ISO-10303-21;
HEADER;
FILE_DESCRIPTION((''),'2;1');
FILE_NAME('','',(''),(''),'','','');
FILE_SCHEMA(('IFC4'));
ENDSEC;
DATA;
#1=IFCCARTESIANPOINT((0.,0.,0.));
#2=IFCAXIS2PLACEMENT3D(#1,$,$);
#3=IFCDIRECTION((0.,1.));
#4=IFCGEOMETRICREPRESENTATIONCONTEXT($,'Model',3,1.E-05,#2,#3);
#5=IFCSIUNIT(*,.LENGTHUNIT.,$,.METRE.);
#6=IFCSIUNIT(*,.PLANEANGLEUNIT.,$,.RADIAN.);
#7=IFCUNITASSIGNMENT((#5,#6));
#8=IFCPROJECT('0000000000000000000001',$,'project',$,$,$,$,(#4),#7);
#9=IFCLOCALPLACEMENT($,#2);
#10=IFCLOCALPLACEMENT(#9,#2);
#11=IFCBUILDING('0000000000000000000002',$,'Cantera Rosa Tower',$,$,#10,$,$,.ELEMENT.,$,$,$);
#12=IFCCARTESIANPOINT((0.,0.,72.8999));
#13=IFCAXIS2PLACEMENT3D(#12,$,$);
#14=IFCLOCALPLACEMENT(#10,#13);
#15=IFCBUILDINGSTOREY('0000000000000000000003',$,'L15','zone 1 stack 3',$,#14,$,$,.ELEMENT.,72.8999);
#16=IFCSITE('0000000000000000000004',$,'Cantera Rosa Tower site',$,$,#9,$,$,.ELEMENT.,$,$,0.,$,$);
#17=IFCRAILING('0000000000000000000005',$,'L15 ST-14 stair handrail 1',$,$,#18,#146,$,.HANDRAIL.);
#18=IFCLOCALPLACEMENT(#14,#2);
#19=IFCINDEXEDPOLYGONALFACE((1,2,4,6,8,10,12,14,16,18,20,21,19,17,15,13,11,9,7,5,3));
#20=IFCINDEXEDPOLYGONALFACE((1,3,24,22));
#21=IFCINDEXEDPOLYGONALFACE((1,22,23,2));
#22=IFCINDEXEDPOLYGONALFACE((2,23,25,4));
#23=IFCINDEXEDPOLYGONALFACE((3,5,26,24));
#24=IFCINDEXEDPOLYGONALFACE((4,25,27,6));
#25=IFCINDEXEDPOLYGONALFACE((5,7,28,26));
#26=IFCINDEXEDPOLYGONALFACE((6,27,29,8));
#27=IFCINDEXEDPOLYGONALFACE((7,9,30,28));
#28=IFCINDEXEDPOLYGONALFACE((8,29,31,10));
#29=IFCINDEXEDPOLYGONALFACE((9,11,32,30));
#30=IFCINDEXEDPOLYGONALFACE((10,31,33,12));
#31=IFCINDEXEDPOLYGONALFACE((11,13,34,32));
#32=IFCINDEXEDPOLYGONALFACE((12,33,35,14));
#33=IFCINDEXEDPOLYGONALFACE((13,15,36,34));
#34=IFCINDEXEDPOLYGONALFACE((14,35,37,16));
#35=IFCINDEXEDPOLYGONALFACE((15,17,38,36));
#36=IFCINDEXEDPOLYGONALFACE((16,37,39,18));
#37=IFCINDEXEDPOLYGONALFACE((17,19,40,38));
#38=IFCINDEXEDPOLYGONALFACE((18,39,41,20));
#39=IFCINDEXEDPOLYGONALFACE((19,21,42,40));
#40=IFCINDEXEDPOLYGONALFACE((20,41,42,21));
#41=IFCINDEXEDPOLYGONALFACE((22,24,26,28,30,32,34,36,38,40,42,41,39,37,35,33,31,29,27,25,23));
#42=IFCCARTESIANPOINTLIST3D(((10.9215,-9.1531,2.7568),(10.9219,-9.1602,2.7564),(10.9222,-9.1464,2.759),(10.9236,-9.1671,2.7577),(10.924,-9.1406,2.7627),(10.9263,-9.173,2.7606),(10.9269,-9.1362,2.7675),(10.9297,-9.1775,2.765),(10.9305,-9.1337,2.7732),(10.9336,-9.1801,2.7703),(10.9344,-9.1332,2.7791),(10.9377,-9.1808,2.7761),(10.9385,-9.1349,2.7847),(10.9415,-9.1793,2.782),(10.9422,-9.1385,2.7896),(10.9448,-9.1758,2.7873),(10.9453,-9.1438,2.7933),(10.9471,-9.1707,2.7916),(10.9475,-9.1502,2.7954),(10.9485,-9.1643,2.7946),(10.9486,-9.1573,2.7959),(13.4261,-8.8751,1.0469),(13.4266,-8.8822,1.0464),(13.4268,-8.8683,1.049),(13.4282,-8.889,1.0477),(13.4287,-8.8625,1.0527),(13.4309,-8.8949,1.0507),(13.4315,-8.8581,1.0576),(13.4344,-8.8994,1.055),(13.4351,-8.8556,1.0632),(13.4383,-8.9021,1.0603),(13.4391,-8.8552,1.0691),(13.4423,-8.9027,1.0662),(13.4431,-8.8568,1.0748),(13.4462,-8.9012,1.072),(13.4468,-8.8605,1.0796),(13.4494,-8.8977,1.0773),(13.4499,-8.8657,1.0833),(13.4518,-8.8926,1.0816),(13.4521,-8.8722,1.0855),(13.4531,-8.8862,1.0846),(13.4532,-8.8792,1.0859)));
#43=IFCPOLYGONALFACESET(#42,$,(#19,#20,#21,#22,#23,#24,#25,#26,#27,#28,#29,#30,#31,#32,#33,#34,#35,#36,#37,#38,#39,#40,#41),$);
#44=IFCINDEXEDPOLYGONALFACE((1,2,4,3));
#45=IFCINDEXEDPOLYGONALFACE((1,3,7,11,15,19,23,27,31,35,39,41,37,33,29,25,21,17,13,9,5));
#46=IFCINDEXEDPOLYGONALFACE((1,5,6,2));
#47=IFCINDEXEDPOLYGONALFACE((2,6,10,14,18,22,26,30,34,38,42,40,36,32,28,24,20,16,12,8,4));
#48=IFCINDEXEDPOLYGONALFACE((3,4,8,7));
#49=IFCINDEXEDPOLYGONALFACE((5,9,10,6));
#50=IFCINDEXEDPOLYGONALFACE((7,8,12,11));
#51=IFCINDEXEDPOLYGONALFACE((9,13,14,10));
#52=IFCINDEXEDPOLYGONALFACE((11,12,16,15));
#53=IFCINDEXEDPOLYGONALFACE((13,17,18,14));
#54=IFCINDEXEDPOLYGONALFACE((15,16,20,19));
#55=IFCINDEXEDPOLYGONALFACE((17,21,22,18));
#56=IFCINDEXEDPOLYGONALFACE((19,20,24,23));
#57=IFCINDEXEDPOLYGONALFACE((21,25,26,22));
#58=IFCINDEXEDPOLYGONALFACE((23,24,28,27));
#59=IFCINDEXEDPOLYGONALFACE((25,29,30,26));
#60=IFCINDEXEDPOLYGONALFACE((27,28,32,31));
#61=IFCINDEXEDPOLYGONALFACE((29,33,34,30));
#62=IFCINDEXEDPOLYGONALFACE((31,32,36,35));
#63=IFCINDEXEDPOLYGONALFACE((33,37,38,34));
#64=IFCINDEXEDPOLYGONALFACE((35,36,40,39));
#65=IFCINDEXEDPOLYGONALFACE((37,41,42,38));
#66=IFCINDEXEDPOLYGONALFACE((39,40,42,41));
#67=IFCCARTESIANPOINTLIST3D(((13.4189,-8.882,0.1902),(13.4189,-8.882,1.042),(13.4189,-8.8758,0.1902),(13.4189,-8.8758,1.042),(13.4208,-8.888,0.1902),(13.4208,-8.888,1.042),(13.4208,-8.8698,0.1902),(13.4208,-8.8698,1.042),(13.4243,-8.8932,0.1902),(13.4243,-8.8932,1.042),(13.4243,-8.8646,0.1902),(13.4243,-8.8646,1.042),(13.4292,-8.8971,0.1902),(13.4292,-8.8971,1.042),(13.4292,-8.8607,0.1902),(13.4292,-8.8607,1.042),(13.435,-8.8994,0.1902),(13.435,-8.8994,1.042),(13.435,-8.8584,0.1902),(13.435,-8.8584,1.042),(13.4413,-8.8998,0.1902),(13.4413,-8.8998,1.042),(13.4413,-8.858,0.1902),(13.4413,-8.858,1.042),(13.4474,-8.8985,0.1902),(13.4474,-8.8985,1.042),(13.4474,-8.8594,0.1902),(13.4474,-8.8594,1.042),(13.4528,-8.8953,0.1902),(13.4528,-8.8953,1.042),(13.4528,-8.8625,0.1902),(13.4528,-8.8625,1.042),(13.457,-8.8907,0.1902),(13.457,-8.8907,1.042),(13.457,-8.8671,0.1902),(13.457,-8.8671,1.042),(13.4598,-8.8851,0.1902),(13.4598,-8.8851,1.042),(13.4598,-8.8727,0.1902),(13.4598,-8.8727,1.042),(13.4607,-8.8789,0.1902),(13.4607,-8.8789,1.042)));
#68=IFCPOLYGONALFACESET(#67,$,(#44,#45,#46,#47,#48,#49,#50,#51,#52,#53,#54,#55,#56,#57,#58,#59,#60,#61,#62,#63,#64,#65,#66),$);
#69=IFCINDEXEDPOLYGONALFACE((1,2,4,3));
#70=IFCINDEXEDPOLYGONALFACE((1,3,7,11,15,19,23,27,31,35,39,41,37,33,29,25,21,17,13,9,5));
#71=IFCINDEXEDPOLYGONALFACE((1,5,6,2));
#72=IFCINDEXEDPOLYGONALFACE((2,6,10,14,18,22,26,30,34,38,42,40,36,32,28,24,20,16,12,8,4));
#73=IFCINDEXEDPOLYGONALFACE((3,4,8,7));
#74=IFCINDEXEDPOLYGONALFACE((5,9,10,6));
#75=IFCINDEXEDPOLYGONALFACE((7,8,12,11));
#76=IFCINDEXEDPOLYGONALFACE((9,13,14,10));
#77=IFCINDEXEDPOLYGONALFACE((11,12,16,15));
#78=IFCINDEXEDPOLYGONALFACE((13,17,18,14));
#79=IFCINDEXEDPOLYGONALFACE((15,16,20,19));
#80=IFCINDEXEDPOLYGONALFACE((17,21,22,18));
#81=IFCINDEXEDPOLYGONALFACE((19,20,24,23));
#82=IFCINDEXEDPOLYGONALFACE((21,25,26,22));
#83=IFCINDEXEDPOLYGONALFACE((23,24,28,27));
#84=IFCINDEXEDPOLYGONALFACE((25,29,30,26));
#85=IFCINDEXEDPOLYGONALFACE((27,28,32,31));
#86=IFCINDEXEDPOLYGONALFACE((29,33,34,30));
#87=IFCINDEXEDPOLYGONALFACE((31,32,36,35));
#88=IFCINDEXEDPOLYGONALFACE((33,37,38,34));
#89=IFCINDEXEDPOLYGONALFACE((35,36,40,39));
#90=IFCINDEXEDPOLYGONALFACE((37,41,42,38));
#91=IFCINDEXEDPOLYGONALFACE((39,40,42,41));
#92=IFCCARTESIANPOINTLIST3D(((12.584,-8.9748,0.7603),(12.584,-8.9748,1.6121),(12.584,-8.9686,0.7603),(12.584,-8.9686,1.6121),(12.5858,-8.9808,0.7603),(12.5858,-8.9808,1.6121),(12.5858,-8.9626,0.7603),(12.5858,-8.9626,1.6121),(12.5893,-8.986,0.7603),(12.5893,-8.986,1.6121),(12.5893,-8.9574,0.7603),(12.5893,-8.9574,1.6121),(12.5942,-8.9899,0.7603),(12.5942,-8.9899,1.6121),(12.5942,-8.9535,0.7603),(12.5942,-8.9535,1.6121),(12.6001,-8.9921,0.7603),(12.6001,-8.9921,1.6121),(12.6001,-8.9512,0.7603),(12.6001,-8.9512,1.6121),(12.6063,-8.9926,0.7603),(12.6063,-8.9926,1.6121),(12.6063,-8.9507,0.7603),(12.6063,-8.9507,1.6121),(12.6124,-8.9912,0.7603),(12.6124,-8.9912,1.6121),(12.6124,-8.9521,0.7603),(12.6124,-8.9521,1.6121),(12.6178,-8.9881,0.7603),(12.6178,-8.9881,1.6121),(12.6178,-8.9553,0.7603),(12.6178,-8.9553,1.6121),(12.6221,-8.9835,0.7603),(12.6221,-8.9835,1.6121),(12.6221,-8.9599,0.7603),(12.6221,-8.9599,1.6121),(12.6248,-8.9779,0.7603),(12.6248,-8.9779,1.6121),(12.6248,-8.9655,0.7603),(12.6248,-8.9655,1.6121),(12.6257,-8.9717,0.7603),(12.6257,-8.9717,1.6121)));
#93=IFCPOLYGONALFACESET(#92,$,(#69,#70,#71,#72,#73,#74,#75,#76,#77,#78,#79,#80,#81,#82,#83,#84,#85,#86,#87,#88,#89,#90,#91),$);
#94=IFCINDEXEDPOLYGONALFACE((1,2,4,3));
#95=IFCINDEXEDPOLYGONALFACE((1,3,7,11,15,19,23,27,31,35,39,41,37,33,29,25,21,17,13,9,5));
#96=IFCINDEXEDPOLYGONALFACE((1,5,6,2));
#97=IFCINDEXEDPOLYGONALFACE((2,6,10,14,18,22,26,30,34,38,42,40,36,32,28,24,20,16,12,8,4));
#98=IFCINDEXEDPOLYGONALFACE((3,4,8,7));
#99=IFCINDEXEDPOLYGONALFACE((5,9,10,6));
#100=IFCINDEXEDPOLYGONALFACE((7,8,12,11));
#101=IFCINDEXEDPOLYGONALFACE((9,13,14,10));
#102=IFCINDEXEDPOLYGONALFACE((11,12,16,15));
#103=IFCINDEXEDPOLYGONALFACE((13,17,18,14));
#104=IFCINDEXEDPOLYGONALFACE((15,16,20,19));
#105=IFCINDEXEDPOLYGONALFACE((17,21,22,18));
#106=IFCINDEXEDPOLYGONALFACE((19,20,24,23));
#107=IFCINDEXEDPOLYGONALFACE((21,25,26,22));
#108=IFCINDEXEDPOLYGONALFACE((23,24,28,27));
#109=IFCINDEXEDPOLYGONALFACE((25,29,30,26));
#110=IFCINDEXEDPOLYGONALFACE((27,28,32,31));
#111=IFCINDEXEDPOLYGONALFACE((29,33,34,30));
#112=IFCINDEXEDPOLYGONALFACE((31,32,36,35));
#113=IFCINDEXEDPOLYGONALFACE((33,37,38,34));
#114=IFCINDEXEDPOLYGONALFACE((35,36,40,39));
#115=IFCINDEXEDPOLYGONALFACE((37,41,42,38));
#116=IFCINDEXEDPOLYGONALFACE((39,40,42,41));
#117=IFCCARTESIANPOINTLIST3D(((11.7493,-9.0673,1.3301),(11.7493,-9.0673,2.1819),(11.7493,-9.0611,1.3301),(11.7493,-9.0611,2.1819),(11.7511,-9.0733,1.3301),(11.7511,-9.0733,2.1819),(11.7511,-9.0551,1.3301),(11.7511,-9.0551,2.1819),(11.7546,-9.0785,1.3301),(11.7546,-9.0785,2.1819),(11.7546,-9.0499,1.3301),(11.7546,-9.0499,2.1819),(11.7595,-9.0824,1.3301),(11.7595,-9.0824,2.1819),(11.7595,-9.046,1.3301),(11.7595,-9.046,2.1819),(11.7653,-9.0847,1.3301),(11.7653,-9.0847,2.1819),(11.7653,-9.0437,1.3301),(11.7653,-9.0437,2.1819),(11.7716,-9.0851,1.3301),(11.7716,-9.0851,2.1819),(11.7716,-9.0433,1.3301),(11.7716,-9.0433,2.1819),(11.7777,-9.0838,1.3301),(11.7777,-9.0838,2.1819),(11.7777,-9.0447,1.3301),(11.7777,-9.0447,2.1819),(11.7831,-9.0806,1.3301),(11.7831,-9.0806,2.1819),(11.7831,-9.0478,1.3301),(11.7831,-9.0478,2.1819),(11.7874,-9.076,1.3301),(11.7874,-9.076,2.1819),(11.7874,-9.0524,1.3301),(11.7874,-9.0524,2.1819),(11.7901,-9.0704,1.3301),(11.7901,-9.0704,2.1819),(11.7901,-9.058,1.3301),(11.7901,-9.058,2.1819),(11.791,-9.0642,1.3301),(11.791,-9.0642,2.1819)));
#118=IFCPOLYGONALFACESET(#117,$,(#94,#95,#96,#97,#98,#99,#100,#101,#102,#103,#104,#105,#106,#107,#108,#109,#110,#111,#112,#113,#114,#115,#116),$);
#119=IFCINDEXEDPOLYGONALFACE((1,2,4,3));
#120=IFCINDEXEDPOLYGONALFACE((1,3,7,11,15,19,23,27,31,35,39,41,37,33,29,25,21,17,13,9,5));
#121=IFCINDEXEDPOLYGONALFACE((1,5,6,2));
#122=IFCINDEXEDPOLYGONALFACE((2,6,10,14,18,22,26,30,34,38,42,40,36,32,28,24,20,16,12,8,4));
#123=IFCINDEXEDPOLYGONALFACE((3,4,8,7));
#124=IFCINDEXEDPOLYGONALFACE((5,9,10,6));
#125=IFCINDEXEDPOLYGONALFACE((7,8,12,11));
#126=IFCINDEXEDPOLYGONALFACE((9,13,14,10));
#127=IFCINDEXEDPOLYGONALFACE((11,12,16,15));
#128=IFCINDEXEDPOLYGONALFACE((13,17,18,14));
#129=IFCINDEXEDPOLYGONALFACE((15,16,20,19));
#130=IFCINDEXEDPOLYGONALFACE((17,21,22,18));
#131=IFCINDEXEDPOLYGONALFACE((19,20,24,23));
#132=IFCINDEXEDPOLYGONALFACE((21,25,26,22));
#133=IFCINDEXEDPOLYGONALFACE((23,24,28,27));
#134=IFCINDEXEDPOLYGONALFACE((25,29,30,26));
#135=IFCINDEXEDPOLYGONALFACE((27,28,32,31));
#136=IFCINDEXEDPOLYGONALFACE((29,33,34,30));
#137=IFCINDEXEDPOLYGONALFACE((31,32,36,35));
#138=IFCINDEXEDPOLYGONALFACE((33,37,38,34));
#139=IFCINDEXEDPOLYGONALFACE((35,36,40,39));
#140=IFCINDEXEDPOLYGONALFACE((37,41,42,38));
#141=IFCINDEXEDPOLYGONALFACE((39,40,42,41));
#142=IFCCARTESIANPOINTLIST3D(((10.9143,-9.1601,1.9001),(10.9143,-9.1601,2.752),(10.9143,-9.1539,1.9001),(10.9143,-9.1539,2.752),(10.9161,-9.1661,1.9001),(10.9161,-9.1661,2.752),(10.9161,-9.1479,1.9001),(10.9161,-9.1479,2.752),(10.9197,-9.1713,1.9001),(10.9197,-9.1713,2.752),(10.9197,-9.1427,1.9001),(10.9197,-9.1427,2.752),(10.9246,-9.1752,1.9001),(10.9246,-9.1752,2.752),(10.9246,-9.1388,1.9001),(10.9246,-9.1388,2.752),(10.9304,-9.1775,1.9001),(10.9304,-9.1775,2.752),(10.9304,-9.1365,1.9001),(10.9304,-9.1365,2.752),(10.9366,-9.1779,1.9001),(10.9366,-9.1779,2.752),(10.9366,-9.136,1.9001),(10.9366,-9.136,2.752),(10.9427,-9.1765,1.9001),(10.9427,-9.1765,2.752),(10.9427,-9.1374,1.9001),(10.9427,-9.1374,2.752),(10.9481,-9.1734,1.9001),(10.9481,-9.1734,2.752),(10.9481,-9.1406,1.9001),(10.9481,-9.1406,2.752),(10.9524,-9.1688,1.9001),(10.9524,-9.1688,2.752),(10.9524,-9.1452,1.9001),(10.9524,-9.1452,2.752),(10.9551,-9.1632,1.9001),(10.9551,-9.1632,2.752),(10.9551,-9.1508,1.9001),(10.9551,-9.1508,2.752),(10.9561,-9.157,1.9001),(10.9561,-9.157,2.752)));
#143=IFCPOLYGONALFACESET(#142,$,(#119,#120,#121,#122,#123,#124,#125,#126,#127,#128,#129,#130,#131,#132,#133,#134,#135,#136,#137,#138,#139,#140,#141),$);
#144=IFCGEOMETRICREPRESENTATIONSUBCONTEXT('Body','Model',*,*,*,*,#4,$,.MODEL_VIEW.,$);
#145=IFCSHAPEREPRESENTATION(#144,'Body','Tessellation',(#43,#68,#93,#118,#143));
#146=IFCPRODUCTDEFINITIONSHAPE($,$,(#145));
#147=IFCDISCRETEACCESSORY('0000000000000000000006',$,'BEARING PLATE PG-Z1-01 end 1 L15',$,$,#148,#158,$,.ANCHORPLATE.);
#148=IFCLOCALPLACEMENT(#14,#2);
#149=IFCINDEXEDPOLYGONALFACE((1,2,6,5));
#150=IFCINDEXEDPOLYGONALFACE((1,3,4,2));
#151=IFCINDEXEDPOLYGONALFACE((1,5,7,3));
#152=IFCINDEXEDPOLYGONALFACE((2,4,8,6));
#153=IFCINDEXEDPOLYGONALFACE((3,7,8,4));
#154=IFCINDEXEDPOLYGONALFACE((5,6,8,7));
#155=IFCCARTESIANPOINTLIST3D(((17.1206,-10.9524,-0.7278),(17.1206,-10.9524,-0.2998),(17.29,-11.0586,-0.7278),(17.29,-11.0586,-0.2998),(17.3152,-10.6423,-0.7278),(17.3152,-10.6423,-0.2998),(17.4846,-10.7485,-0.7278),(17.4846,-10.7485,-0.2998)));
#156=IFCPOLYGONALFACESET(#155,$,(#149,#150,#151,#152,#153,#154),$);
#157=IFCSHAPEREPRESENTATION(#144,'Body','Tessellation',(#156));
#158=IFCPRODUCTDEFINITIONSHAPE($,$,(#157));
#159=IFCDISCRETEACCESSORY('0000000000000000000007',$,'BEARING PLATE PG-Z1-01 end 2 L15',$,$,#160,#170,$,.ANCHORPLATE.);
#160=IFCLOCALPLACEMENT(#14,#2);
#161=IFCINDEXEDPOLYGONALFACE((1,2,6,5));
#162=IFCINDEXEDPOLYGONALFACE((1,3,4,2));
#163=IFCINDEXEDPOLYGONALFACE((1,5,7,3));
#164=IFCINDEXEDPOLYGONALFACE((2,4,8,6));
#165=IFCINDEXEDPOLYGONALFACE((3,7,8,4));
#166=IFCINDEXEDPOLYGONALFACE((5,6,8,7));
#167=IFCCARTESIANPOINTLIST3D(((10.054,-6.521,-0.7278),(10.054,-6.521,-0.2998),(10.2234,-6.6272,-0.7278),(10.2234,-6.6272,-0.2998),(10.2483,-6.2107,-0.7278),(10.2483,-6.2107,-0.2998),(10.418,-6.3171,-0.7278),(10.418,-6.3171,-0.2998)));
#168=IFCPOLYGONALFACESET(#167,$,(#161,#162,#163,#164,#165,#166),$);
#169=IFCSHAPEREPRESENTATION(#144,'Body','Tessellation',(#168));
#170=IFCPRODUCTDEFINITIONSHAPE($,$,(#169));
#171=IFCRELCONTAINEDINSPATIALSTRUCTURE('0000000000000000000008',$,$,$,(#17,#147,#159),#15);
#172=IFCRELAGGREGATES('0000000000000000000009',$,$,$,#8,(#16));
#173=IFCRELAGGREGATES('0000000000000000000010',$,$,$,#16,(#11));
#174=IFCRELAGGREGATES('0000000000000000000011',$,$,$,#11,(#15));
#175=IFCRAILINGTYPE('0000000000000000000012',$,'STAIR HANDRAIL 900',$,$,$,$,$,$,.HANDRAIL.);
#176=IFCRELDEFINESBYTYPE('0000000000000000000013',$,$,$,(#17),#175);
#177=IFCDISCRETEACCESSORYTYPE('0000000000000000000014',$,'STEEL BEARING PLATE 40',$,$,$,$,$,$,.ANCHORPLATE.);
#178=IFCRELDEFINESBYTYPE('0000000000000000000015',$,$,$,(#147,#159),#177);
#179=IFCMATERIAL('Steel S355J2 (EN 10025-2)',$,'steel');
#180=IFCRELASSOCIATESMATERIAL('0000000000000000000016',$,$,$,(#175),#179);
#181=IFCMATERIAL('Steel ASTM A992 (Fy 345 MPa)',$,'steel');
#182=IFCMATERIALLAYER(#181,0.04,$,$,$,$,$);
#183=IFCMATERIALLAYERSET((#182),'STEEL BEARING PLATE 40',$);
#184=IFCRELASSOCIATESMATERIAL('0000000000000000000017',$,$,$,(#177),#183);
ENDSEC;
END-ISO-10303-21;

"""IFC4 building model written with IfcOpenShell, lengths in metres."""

from ifc_helpers import new_model, si_unit, direction, frame, origin, origin_2d, place, context, subcontext, project, spatial, polyline, circle, outline, extrude, material, layer, layer_set, type_object, element, save


model = new_model("IFC4")

# Units and contexts
model_context = context("Model", 3, precision=1e-05, world=origin(), true_north=direction((0.0, 1.0)))
body_context = subcontext(model_context, "Body", "Model", "MODEL_VIEW")
ifc_project = project(units=[si_unit("LENGTHUNIT", "METRE"), si_unit("PLANEANGLEUNIT", "RADIAN")], contexts=[model_context])

# Site, building, storey
site_placement = place(None, origin())
site = spatial("IfcSite", under=ifc_project, at=site_placement, Name="Cantera Rosa Tower site", CompositionType="ELEMENT", RefElevation=0.0)
building_placement = place(site_placement, origin())
building = spatial("IfcBuilding", under=site, at=building_placement, Name="Cantera Rosa Tower", CompositionType="ELEMENT")
storey_placement = place(building_placement, frame((0.0, 0.0, 72.8999)))
storey = spatial("IfcBuildingStorey", under=building, at=storey_placement, Name="L15", Description="zone 1 stack 3", CompositionType="ELEMENT", Elevation=72.8999)

# Railing
ifc_material_1 = material(Name="Steel S355J2 (EN 10025-2)", Category="steel")
railing_type_1 = type_object("IfcRailingType", Name="STAIR HANDRAIL 900", PredefinedType="HANDRAIL", material=ifc_material_1)
railing_1_placement = place(storey_placement, frame((13.4397, -8.8789, 0.1902)))
element("IfcRailing", 1, at=railing_1_placement, inside=storey, type_object=railing_type_1, Name="L15 ST-14 stair handrail 1", PredefinedType="HANDRAIL", context=body_context, shape_type="SweptSolid", body=[
    extrude(circle(Radius=0.0239, at=origin_2d()), frame((0.0, 0.0, 0.876), z_axis=(-0.822431, -0.09131, 0.561488), x_axis=(0.110346, -0.993893, 0.0)), (0.0, 0.0, 1.0), 3.0454),
    extrude(circle(Radius=0.021, at=origin_2d()), origin(), (0.0, 0.0, 1.0), 0.8518),
    extrude(circle(Radius=0.021, at=origin_2d()), frame((-0.835, -0.0928, 0.5701)), (0.0, 0.0, 1.0), 0.8518),
    extrude(circle(Radius=0.021, at=origin_2d()), frame((-1.6697, -0.1853, 1.1399)), (0.0, 0.0, 1.0), 0.8518),
    extrude(circle(Radius=0.021, at=origin_2d()), frame((-2.5046, -0.2781, 1.71)), (0.0, 0.0, 1.0), 0.8518),
])

# Discrete accessories
ifc_material_2 = material(Name="Steel ASTM A992 (Fy 345 MPa)", Category="steel")
ifc_layer_1 = layer(ifc_material_2, 0.04)
ifc_layer_set_1 = layer_set([ifc_layer_1], Name="STEEL BEARING PLATE 40")
discrete_accessory_type = type_object("IfcDiscreteAccessoryType", Name="STEEL BEARING PLATE 40", PredefinedType="ANCHORPLATE", material=ifc_layer_set_1)
discrete_accessory_1_placement = place(storey_placement, frame((0.0, 0.0, -0.7278)))
element("IfcDiscreteAccessory", 2, at=discrete_accessory_1_placement, inside=storey, type_object=discrete_accessory_type, Name="BEARING PLATE PG-Z1-01 end 1 L15", PredefinedType="ANCHORPLATE", context=body_context, shape_type="SweptSolid", body=[
    extrude(outline(polyline([(17.1206, -10.9524), (17.29, -11.0586), (17.4846, -10.7485), (17.3152, -10.6423), (17.1206, -10.9524)])), origin(), (0.0, 0.0, 1.0), 0.428),
])
discrete_accessory_2_placement = place(storey_placement, frame((0.0, 0.0, -0.7278)))
element("IfcDiscreteAccessory", 3, at=discrete_accessory_2_placement, inside=storey, type_object=discrete_accessory_type, Name="BEARING PLATE PG-Z1-01 end 2 L15", PredefinedType="ANCHORPLATE", context=body_context, shape_type="SweptSolid", body=[
    extrude(outline(polyline([(10.418, -6.3171), (10.2483, -6.2107), (10.054, -6.521), (10.2234, -6.6272), (10.418, -6.3171)])), origin(), (0.0, 0.0, 1.0), 0.428),
])

save(model, "model.ifc")
